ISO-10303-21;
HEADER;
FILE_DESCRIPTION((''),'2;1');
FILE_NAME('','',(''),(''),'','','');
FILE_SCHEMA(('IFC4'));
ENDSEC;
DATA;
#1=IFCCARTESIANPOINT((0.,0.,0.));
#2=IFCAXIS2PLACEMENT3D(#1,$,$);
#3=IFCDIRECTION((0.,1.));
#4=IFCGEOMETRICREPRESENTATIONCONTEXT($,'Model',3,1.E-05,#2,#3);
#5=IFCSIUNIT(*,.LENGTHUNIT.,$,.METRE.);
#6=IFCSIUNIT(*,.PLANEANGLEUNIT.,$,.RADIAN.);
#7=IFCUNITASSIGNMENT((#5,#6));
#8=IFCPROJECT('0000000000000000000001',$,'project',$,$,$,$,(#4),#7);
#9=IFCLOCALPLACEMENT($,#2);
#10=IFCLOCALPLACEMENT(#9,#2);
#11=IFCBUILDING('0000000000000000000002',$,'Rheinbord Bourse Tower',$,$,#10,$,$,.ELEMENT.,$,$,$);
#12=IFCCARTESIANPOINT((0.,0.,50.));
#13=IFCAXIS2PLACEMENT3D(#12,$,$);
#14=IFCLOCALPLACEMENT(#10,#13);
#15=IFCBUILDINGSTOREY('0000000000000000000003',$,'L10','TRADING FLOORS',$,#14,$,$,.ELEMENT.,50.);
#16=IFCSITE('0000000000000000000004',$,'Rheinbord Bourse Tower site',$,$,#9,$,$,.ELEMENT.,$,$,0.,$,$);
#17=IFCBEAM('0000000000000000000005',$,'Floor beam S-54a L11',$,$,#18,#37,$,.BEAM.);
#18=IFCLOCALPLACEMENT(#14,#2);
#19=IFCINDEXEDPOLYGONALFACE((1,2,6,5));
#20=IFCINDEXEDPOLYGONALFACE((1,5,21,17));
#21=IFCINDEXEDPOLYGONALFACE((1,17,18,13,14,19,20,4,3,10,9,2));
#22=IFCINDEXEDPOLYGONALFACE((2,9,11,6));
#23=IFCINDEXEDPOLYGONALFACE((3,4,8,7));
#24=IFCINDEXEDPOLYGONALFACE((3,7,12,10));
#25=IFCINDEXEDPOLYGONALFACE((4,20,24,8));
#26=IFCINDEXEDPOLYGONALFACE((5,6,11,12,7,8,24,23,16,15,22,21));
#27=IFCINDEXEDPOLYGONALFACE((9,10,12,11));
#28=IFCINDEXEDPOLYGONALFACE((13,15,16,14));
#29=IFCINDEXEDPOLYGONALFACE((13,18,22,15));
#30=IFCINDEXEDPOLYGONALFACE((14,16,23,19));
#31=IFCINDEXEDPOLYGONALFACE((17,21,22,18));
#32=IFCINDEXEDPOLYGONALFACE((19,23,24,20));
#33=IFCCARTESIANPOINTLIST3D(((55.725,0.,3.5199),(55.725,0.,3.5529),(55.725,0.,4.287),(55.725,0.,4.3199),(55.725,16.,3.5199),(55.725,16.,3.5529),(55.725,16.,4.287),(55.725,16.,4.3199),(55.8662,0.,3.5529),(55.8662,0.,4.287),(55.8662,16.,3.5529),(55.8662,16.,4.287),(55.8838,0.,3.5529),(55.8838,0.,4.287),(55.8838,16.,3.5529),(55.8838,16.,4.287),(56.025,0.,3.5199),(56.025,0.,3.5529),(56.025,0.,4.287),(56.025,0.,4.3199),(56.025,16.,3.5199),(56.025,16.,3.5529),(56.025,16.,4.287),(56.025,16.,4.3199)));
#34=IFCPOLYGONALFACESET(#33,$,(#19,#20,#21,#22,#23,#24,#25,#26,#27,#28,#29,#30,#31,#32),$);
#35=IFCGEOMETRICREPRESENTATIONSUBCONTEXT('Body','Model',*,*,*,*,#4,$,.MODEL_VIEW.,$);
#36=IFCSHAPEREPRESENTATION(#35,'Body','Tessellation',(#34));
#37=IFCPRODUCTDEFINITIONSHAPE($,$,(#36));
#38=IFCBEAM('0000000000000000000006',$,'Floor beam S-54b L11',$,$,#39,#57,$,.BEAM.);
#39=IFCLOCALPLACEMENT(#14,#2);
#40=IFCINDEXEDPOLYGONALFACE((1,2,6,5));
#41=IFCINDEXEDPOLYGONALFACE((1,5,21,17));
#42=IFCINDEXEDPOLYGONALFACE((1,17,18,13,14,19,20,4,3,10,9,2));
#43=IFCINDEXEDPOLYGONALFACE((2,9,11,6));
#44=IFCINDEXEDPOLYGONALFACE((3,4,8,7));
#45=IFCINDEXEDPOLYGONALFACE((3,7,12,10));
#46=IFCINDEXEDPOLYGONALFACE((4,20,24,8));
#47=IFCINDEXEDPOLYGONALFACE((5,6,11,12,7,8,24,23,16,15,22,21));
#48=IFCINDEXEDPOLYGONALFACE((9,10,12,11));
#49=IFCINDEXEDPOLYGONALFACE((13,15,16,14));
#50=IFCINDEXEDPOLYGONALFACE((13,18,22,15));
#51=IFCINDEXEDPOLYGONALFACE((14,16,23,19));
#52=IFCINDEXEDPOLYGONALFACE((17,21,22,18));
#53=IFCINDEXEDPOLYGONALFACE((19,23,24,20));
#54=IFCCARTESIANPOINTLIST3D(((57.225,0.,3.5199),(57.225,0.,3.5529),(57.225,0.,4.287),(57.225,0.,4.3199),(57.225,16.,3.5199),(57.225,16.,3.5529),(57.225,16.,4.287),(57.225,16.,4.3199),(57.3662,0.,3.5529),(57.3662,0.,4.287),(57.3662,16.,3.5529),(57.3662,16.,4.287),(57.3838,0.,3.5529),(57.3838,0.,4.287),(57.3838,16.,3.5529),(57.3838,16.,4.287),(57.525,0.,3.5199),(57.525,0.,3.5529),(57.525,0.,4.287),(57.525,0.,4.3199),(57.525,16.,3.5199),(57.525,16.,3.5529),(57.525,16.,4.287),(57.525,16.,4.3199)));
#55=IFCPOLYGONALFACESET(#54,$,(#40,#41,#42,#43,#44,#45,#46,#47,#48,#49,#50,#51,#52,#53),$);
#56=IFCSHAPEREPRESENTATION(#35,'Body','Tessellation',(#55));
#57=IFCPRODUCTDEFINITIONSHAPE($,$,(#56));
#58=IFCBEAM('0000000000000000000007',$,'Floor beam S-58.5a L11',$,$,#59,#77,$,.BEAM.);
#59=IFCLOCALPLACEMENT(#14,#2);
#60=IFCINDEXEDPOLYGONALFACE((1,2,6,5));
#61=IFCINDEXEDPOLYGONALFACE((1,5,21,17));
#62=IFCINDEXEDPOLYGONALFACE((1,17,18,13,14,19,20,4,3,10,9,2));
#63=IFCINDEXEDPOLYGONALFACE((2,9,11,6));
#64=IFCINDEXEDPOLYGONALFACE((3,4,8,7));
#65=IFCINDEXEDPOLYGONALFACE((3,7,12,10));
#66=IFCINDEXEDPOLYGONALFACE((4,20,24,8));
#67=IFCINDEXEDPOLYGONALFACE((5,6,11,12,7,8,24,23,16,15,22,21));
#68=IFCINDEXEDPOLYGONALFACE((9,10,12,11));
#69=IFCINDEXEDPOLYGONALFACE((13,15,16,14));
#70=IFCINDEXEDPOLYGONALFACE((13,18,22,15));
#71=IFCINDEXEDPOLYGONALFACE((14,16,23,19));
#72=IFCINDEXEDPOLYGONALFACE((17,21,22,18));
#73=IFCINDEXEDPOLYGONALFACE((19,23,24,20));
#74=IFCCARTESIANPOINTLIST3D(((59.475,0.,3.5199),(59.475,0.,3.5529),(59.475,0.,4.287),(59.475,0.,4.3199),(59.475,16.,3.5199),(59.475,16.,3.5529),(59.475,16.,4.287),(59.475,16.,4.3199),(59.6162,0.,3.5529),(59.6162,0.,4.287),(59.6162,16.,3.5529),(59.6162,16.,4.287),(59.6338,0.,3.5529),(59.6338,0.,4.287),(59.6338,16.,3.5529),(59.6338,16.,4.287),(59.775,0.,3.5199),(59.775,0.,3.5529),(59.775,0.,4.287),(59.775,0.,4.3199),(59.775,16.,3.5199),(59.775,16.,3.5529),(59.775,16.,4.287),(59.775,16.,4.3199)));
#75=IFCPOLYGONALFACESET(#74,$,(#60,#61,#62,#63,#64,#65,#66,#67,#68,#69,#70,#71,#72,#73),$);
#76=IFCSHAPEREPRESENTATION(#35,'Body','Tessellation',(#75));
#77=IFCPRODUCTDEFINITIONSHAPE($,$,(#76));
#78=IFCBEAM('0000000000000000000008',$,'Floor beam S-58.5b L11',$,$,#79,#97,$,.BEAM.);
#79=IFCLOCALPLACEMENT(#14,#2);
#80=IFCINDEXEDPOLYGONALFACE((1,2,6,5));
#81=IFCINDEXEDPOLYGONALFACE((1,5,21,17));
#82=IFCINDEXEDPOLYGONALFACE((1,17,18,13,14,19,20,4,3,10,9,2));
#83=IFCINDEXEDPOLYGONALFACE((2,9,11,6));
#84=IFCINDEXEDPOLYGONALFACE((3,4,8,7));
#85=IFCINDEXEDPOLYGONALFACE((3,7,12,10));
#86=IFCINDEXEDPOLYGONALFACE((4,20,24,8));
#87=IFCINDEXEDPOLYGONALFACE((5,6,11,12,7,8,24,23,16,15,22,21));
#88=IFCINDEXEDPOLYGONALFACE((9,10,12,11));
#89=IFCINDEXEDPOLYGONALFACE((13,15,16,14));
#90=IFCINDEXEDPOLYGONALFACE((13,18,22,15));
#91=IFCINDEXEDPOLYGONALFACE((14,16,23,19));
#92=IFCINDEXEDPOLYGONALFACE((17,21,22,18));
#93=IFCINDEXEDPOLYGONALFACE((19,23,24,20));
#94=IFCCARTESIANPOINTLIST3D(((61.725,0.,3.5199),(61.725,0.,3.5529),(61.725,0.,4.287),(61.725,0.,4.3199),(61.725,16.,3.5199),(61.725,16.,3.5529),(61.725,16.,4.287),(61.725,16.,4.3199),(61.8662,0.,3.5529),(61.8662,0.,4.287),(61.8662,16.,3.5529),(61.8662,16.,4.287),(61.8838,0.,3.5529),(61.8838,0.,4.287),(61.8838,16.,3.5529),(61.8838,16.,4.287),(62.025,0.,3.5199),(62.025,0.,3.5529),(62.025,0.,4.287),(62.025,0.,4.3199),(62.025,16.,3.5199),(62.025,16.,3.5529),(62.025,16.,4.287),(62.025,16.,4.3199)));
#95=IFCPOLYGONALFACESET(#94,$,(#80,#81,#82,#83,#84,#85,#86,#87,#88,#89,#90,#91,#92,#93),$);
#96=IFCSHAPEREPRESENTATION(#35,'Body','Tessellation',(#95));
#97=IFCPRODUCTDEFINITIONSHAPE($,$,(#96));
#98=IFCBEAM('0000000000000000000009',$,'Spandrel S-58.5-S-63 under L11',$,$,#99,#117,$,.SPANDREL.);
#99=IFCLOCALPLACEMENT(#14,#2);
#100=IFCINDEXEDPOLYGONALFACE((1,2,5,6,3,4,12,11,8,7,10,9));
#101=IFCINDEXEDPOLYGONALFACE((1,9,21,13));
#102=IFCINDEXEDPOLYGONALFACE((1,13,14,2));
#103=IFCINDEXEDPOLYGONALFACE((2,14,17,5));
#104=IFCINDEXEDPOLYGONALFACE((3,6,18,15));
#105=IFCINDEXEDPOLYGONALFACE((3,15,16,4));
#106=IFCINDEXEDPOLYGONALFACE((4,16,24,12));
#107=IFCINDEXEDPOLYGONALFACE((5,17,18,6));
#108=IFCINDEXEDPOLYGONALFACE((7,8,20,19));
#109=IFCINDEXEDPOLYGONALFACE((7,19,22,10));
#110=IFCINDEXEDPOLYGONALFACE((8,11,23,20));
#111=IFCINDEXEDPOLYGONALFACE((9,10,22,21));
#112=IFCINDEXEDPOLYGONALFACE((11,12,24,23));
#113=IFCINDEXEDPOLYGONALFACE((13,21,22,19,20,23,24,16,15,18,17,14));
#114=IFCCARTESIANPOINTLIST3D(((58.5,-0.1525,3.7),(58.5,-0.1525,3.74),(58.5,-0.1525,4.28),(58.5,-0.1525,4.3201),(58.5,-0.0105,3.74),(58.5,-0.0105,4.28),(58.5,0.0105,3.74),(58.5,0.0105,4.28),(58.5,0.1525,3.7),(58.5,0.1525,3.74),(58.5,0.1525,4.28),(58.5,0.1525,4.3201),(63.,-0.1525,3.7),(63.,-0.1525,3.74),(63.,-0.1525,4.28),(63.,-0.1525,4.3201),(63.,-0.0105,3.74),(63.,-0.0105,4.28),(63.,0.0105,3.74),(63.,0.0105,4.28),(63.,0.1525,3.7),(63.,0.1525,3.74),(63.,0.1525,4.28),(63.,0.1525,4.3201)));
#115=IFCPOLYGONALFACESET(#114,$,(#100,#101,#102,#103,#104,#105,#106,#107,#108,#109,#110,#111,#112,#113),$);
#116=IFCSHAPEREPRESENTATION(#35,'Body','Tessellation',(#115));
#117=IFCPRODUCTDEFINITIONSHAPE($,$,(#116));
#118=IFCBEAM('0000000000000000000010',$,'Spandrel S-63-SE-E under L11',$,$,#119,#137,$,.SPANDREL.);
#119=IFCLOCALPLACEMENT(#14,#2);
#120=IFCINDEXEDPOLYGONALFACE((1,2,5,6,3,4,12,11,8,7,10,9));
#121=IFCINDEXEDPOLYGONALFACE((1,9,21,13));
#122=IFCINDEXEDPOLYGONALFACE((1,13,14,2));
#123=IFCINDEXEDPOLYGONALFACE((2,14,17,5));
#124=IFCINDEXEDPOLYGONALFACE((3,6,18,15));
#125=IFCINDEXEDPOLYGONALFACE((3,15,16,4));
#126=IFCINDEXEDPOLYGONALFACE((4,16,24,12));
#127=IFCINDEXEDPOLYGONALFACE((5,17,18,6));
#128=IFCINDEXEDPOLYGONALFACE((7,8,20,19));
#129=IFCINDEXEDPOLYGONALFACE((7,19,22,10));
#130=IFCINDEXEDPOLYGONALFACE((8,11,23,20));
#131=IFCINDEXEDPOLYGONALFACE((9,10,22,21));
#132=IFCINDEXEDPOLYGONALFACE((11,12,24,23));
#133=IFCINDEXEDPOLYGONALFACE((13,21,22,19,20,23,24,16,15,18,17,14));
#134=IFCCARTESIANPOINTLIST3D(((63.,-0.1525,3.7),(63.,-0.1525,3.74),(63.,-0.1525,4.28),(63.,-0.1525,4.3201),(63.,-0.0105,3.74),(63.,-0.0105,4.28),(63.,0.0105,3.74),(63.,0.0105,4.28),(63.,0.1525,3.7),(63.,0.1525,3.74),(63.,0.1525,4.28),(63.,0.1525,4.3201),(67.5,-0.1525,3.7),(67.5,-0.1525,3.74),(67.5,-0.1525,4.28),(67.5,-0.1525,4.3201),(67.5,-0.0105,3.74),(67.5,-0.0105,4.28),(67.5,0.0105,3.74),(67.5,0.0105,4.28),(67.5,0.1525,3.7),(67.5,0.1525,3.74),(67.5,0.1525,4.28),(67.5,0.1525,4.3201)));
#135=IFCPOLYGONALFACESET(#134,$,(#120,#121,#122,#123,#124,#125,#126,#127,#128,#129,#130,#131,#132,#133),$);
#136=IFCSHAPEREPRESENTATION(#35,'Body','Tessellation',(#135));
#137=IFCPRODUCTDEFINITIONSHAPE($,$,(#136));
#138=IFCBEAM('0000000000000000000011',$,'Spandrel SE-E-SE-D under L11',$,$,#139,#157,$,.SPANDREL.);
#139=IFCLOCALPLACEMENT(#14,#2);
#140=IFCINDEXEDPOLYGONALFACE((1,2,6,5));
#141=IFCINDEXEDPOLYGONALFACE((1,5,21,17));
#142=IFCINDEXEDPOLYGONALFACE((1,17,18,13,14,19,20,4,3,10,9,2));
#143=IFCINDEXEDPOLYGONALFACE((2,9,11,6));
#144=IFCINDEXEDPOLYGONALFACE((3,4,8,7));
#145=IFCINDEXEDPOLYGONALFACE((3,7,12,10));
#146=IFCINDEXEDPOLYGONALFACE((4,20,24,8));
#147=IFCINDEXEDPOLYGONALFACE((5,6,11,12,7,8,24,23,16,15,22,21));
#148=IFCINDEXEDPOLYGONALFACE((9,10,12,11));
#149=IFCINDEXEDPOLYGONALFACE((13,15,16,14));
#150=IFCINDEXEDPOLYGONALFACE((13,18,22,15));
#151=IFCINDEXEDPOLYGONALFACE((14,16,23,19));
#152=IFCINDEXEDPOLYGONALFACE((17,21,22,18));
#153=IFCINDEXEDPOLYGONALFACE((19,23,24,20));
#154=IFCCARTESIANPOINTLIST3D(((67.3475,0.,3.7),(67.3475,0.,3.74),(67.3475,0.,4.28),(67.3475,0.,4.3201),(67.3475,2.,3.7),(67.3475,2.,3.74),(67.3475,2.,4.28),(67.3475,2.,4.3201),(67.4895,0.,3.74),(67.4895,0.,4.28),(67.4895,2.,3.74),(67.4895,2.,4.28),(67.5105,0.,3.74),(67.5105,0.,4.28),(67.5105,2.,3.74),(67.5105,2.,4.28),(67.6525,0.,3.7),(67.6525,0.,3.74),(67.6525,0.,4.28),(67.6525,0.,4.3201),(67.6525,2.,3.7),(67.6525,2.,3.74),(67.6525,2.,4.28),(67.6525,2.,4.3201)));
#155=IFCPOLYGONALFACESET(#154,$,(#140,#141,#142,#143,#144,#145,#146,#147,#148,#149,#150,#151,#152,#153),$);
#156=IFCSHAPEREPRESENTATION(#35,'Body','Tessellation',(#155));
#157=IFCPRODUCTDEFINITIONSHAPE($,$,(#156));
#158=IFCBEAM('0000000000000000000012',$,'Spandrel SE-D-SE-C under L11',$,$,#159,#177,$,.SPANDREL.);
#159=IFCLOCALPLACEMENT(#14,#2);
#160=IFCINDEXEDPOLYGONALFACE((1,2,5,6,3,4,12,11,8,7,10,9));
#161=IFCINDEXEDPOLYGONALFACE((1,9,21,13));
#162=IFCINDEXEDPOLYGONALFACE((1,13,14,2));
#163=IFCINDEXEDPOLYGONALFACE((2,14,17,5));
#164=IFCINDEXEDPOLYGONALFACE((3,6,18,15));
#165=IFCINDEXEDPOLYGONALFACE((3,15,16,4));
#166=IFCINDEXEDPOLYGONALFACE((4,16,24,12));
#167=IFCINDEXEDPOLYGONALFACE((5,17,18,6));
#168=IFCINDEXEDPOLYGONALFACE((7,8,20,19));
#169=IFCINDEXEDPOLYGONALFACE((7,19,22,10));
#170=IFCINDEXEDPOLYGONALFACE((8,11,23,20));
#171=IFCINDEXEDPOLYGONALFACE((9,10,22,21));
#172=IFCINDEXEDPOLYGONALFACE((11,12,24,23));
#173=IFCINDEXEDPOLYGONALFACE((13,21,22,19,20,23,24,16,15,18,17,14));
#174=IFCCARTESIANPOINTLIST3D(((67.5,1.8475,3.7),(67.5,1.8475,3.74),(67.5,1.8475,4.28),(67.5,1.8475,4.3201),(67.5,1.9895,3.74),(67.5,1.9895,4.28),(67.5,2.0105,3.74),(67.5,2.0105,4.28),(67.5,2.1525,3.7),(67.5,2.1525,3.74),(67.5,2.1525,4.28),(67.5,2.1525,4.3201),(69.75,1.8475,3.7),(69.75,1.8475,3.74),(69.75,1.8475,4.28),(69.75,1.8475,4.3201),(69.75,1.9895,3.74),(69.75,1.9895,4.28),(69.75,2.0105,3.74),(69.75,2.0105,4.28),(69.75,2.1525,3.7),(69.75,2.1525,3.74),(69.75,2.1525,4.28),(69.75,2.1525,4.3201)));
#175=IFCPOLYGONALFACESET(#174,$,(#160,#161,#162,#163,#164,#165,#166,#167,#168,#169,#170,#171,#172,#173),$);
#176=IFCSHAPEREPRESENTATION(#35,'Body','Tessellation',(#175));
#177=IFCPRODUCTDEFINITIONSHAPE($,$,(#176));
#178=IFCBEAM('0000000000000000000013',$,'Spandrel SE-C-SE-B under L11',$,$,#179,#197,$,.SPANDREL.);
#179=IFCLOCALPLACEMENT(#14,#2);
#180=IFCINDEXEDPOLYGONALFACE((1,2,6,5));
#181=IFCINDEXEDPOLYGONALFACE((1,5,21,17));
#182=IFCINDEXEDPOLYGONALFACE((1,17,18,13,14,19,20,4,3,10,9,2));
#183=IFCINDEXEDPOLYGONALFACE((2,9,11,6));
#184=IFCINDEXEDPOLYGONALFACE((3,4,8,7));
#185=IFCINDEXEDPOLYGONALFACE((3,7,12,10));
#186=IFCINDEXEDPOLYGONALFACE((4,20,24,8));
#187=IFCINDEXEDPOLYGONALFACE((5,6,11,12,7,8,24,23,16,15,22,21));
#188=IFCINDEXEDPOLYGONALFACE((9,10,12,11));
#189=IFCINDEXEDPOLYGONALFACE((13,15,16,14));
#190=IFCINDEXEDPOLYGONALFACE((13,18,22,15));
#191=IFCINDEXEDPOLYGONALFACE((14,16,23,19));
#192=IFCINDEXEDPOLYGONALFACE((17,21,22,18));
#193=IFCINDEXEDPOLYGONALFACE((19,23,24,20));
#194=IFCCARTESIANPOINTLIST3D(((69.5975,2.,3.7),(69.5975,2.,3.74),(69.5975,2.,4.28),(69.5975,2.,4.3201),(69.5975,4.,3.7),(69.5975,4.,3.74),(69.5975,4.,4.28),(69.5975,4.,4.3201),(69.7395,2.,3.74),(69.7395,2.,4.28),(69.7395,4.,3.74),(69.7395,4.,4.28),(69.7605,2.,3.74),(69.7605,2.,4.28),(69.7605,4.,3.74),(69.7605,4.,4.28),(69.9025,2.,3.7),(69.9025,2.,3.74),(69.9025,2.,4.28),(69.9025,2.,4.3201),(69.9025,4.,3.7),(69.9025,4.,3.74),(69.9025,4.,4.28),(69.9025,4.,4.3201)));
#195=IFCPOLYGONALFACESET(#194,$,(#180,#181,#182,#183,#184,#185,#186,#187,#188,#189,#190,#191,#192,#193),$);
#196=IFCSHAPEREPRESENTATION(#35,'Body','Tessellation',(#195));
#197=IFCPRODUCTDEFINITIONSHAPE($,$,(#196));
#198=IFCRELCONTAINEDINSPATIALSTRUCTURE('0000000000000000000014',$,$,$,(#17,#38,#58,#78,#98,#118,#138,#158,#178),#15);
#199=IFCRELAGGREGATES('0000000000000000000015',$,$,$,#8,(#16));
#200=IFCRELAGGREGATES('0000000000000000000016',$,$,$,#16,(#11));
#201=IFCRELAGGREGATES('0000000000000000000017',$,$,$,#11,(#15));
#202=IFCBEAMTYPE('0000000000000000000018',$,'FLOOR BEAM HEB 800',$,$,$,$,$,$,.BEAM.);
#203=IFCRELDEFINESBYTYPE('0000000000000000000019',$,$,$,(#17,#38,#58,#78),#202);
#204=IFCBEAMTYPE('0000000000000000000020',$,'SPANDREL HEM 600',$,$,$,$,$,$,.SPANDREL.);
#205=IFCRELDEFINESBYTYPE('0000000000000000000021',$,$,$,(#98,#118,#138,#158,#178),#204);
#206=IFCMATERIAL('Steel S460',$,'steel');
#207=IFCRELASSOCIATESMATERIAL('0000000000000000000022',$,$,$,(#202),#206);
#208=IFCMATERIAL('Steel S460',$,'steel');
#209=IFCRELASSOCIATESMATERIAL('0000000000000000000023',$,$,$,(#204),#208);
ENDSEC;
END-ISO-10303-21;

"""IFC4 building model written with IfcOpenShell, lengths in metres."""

from ifc_helpers import new_model, si_unit, direction, frame, origin, origin_2d, place, context, subcontext, project, spatial, i_section, extrude, material, material_profile, profile_set, type_object, element, save


model = new_model("IFC4")

# Units and contexts
model_context = context("Model", 3, precision=1e-05, world=origin(), true_north=direction((0.0, 1.0)))
body_context = subcontext(model_context, "Body", "Model", "MODEL_VIEW")
ifc_project = project(units=[si_unit("LENGTHUNIT", "METRE"), si_unit("PLANEANGLEUNIT", "RADIAN")], contexts=[model_context])

# Site, building, storey
site_placement = place(None, origin())
site = spatial("IfcSite", under=ifc_project, at=site_placement, Name="Rheinbord Bourse Tower site", CompositionType="ELEMENT", RefElevation=0.0)
building_placement = place(site_placement, origin())
building = spatial("IfcBuilding", under=site, at=building_placement, Name="Rheinbord Bourse Tower", CompositionType="ELEMENT")
storey_placement = place(building_placement, frame((0.0, 0.0, 50.0)))
storey = spatial("IfcBuildingStorey", under=building, at=storey_placement, Name="L10", Description="TRADING FLOORS", CompositionType="ELEMENT", Elevation=50.0)

# Beams
ifc_material_1 = material(Name="Steel S460", Category="steel")
ifc_material_profile_1 = material_profile(ifc_material_1, i_section(OverallWidth=0.3, OverallDepth=0.8, WebThickness=0.0176, FlangeThickness=0.033, at=origin_2d()), Name="HEB 800")
ifc_profile_set_1 = profile_set([ifc_material_profile_1], Name="Steel S460")
beam_type_1 = type_object("IfcBeamType", Name="FLOOR BEAM HEB 800", PredefinedType="BEAM", material=ifc_profile_set_1)
for number, where, z_axis, x_axis, name in (
    (1, (55.875, 0.0, 3.9199), (0.0, 1.0, 0.0), (-1.0, 0.0, 0.0), "Floor beam S-54a L11"),
    (2, (57.375, 0.0, 3.9199), (0.0, 1.0, 0.0), (-1.0, 0.0, 0.0), "Floor beam S-54b L11"),
    (3, (59.625, 0.0, 3.9199), (0.0, 1.0, 0.0), (-1.0, 0.0, 0.0), "Floor beam S-58.5a L11"),
    (4, (61.875, 0.0, 3.9199), (0.0, 1.0, 0.0), (-1.0, 0.0, 0.0), "Floor beam S-58.5b L11"),
):
    element("IfcBeam", number, at=place(storey_placement, frame(where, z_axis=z_axis, x_axis=x_axis)), inside=storey, type_object=beam_type_1, Name=name, PredefinedType="BEAM", context=body_context, shape_type="SweptSolid", body=[
        extrude(i_section(OverallWidth=0.3, OverallDepth=0.8, WebThickness=0.0176, FlangeThickness=0.033, at=origin_2d()), origin(), (0.0, 0.0, 1.0), 16.0),
    ])
ifc_material_2 = material(Name="Steel S460", Category="steel")
ifc_material_profile_2 = material_profile(ifc_material_2, i_section(OverallWidth=0.3049, OverallDepth=0.6201, WebThickness=0.021, FlangeThickness=0.04, at=origin_2d()), Name="HEM 600")
ifc_profile_set_2 = profile_set([ifc_material_profile_2], Name="Steel S460")
beam_type_2 = type_object("IfcBeamType", Name="SPANDREL HEM 600", PredefinedType="SPANDREL", material=ifc_profile_set_2)
for number, where, z_axis, x_axis, name in (
    (5, (58.5, 0.0, 4.01), (1.0, 0.0, 0.0), (0.0, 1.0, 0.0), "Spandrel S-58.5-S-63 under L11"),
    (6, (63.0, 0.0, 4.01), (1.0, 0.0, 0.0), (0.0, 1.0, 0.0), "Spandrel S-63-SE-E under L11"),
):
    element("IfcBeam", number, at=place(storey_placement, frame(where, z_axis=z_axis, x_axis=x_axis)), inside=storey, type_object=beam_type_2, Name=name, PredefinedType="SPANDREL", context=body_context, shape_type="SweptSolid", body=[
        extrude(i_section(OverallWidth=0.3049, OverallDepth=0.6201, WebThickness=0.021, FlangeThickness=0.04, at=origin_2d()), origin(), (0.0, 0.0, 1.0), 4.5),
    ])
beam_1_placement = place(storey_placement, frame((67.5, 0.0, 4.01), z_axis=(0.0, 1.0, 0.0), x_axis=(-1.0, 0.0, 0.0)))
element("IfcBeam", 7, at=beam_1_placement, inside=storey, type_object=beam_type_2, Name="Spandrel SE-E-SE-D under L11", PredefinedType="SPANDREL", context=body_context, shape_type="SweptSolid", body=[
    extrude(i_section(OverallWidth=0.3049, OverallDepth=0.6201, WebThickness=0.021, FlangeThickness=0.04, at=origin_2d()), origin(), (0.0, 0.0, 1.0), 2.0),
])
beam_2_placement = place(storey_placement, frame((67.5, 2.0, 4.01), z_axis=(1.0, 0.0, 0.0), x_axis=(0.0, 1.0, 0.0)))
element("IfcBeam", 8, at=beam_2_placement, inside=storey, type_object=beam_type_2, Name="Spandrel SE-D-SE-C under L11", PredefinedType="SPANDREL", context=body_context, shape_type="SweptSolid", body=[
    extrude(i_section(OverallWidth=0.3049, OverallDepth=0.6201, WebThickness=0.021, FlangeThickness=0.04, at=origin_2d()), origin(), (0.0, 0.0, 1.0), 2.25),
])
beam_3_placement = place(storey_placement, frame((69.75, 2.0, 4.01), z_axis=(0.0, 1.0, 0.0), x_axis=(-1.0, 0.0, 0.0)))
element("IfcBeam", 9, at=beam_3_placement, inside=storey, type_object=beam_type_2, Name="Spandrel SE-C-SE-B under L11", PredefinedType="SPANDREL", context=body_context, shape_type="SweptSolid", body=[
    extrude(i_section(OverallWidth=0.3049, OverallDepth=0.6201, WebThickness=0.021, FlangeThickness=0.04, at=origin_2d()), origin(), (0.0, 0.0, 1.0), 2.0),
])

save(model, "model.ifc")
